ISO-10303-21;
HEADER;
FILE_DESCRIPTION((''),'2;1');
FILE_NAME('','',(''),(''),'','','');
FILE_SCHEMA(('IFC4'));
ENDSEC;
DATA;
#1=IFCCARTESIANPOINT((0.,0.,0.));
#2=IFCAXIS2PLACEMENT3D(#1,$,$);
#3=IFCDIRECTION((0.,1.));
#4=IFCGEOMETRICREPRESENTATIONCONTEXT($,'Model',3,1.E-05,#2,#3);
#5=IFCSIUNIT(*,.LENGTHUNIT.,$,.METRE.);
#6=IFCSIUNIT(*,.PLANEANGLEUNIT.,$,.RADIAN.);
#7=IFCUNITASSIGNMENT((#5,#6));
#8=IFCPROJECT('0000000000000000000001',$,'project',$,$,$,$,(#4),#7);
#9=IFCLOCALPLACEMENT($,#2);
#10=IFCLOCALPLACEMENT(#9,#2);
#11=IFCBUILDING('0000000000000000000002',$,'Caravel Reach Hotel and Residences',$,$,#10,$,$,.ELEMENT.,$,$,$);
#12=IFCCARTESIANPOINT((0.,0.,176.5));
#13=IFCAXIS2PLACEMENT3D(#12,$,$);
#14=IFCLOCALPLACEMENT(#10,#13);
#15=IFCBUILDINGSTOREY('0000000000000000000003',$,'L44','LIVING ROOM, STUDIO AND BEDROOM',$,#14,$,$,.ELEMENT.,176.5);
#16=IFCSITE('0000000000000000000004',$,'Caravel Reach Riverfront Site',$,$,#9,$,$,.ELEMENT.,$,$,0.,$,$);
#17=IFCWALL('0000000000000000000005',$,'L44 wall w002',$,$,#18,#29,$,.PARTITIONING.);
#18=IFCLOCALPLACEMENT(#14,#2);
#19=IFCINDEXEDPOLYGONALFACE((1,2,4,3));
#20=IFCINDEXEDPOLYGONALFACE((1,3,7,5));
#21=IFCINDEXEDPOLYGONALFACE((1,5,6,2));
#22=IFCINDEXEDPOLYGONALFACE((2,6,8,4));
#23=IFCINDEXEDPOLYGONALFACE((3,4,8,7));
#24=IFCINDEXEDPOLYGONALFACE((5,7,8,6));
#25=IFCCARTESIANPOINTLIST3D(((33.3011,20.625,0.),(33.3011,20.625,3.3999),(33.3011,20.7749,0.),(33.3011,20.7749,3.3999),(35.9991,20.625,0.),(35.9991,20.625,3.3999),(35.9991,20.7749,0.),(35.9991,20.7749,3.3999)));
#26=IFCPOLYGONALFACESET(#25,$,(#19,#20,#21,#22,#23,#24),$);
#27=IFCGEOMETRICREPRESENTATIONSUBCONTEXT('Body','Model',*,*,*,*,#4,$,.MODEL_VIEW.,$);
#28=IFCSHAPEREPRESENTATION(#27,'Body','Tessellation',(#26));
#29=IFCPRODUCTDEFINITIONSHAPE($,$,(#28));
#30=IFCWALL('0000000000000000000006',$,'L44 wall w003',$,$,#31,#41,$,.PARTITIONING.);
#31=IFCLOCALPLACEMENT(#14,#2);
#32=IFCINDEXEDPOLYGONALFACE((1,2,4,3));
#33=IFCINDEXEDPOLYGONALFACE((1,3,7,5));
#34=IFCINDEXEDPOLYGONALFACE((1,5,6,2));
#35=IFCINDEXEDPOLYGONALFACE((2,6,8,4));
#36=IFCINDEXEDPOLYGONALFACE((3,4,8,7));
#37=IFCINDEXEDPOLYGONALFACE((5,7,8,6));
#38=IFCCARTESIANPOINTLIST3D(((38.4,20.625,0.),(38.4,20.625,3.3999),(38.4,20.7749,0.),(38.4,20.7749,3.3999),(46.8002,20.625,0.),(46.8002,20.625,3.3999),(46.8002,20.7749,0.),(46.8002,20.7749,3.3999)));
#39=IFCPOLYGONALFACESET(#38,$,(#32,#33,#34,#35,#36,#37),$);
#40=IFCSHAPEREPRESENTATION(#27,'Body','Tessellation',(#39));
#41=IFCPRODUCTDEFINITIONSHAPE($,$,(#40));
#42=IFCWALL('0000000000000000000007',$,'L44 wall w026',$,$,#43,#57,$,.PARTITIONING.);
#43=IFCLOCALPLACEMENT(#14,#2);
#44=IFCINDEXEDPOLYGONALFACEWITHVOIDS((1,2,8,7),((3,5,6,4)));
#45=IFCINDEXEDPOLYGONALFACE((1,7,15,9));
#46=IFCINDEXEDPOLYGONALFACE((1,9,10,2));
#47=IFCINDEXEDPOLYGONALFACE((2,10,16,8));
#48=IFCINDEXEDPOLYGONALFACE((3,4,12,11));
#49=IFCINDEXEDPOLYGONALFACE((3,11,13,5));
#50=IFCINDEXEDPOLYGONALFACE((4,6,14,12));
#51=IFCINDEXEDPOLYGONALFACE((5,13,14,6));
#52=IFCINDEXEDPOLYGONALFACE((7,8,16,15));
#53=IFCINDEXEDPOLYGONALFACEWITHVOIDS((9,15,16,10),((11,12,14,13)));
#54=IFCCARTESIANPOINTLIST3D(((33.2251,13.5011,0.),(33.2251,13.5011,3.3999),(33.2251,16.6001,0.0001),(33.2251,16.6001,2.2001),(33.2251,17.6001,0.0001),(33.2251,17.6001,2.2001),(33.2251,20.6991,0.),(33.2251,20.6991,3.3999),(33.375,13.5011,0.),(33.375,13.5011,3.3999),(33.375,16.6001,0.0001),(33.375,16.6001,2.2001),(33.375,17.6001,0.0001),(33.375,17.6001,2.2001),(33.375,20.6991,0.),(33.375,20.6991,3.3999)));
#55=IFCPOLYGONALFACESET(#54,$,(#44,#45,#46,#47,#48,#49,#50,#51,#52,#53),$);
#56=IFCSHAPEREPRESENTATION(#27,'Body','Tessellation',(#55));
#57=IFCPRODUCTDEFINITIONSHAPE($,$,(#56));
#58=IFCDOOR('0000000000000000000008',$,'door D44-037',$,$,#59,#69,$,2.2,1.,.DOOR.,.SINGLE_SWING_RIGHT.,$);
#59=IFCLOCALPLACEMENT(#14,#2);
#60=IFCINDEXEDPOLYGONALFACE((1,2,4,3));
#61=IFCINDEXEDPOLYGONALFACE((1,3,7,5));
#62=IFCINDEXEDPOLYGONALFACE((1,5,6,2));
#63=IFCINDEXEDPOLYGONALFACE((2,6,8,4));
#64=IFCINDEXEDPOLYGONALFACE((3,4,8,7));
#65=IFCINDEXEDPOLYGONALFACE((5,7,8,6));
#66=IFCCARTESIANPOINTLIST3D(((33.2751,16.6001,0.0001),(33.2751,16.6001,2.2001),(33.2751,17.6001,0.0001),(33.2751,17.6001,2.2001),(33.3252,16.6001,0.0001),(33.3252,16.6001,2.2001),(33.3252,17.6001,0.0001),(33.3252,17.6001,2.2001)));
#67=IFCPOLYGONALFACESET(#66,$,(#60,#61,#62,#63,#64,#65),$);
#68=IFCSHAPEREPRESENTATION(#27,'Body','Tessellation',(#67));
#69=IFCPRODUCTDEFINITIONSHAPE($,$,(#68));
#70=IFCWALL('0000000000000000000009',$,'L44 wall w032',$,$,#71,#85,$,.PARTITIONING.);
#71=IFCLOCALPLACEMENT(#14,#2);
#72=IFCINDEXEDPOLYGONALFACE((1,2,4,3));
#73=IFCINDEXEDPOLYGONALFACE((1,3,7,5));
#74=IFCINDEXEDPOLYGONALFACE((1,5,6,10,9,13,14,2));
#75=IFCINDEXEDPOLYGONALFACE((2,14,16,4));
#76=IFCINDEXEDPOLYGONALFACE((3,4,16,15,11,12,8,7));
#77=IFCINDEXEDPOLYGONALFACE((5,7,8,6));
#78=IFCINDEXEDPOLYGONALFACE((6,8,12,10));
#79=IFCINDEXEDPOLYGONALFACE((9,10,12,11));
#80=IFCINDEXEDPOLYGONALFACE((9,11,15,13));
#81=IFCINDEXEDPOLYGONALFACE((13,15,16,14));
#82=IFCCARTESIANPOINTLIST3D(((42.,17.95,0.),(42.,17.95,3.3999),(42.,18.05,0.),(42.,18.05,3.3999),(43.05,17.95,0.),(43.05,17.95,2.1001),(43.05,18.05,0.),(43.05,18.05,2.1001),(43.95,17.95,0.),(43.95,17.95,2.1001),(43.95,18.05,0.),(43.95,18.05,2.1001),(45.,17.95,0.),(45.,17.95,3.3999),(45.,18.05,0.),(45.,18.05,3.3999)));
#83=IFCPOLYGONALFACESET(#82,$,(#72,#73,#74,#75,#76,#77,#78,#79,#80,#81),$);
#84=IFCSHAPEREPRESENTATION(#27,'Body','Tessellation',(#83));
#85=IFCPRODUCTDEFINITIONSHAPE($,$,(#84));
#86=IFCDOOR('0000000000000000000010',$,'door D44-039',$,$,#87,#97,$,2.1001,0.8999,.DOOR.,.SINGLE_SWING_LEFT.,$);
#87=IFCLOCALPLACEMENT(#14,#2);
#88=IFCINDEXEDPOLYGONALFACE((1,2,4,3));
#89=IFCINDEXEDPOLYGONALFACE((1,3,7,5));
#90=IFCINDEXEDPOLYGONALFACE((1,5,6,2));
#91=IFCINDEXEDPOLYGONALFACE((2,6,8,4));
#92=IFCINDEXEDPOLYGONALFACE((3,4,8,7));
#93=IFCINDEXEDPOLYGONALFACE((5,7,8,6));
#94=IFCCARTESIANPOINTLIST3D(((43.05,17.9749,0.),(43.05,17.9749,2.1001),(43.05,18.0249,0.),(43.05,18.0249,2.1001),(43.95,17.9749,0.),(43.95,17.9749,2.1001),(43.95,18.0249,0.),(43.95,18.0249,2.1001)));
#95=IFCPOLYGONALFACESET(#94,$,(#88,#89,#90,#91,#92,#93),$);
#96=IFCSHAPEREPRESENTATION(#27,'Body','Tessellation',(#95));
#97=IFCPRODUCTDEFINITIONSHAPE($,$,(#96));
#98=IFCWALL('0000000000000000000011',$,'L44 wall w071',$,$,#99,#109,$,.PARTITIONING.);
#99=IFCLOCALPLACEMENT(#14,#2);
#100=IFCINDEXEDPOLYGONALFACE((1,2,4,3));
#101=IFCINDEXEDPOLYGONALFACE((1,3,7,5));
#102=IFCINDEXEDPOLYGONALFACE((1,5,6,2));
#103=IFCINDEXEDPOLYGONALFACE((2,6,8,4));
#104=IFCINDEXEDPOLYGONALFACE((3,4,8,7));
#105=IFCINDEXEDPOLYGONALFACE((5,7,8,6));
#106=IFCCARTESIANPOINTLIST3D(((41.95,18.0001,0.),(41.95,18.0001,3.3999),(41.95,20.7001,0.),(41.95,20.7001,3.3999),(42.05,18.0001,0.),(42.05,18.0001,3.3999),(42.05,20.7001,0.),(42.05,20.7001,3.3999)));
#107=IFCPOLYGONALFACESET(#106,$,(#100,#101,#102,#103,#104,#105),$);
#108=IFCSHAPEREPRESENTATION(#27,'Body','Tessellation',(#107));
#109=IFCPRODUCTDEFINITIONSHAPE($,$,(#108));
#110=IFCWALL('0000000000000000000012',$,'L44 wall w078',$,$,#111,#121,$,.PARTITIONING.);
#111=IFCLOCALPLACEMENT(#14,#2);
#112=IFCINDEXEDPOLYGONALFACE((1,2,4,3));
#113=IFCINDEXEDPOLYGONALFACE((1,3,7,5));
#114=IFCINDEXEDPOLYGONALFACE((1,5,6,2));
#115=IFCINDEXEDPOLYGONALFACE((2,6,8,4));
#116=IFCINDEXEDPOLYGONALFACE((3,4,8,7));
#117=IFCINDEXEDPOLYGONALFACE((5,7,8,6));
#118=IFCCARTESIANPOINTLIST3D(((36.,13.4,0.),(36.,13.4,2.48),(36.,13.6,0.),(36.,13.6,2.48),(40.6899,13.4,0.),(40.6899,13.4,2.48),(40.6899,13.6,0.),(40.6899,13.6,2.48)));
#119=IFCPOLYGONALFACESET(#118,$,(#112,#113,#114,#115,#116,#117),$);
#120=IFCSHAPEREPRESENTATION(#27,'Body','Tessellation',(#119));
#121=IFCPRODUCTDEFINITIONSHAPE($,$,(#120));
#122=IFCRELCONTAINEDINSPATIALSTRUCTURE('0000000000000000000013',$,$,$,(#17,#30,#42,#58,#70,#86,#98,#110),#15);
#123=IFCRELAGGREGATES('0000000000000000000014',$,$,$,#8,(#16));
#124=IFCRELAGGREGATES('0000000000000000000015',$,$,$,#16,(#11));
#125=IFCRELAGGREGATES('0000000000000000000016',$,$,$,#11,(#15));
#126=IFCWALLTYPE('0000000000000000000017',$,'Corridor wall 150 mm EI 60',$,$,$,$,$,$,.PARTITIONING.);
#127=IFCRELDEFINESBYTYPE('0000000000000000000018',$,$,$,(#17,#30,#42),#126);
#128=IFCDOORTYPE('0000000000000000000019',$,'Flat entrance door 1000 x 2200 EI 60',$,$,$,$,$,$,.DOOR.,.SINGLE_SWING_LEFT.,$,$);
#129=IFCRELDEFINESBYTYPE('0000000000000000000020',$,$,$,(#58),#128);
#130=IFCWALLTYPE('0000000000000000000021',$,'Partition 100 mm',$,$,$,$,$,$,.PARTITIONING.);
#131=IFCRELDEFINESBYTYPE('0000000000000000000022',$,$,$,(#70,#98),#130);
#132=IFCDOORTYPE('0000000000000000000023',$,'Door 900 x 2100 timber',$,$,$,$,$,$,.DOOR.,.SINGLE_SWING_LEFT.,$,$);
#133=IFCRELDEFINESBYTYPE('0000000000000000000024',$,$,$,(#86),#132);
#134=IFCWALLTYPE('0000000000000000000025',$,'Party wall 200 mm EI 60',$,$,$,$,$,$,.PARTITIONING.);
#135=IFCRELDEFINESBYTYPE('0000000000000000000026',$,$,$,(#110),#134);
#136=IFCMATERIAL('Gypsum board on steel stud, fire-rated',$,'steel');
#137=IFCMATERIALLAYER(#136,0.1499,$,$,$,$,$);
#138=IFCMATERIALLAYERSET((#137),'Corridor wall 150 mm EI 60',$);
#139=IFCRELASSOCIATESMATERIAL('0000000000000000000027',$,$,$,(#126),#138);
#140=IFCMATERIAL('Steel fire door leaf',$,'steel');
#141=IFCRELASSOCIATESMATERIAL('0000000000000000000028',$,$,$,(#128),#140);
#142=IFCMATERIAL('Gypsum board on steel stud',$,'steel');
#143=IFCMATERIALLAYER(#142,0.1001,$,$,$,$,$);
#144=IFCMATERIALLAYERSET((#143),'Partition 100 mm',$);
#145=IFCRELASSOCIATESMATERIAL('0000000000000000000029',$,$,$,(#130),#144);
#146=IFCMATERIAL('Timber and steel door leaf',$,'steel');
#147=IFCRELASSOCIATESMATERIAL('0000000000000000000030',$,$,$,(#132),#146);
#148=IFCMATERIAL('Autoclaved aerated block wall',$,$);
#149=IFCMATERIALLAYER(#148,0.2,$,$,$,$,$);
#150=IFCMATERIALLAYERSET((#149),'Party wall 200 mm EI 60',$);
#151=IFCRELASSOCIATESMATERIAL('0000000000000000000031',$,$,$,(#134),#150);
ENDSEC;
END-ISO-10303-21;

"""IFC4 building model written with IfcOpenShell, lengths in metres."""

from ifc_helpers import new_model, si_unit, direction, frame, frame_2d, origin, place, context, subcontext, project, spatial, rectangle, extrude, material, layer, layer_set, type_object, element, fill, save


model = new_model("IFC4")

# Units and contexts
model_context = context("Model", 3, precision=1e-05, world=origin(), true_north=direction((0.0, 1.0)))
body_context = subcontext(model_context, "Body", "Model", "MODEL_VIEW")
ifc_project = project(units=[si_unit("LENGTHUNIT", "METRE"), si_unit("PLANEANGLEUNIT", "RADIAN")], contexts=[model_context])

# Site, building, storey
site_placement = place(None, origin())
site = spatial("IfcSite", under=ifc_project, at=site_placement, Name="Caravel Reach Riverfront Site", CompositionType="ELEMENT", RefElevation=0.0)
building_placement = place(site_placement, origin())
building = spatial("IfcBuilding", under=site, at=building_placement, Name="Caravel Reach Hotel and Residences", CompositionType="ELEMENT")
storey_placement = place(building_placement, frame((0.0, 0.0, 176.5)))
storey = spatial("IfcBuildingStorey", under=building, at=storey_placement, Name="L44", Description="LIVING ROOM, STUDIO AND BEDROOM", CompositionType="ELEMENT", Elevation=176.5)

# Walls
ifc_material_1 = material(Name="Gypsum board on steel stud, fire-rated", Category="steel")
ifc_layer_1 = layer(ifc_material_1, 0.1499)
ifc_layer_set_1 = layer_set([ifc_layer_1], Name="Corridor wall 150 mm EI 60")
wall_type_1 = type_object("IfcWallType", Name="Corridor wall 150 mm EI 60", PredefinedType="PARTITIONING", material=ifc_layer_set_1)
wall_1_placement = place(storey_placement, frame((33.301, 20.7, 0.0), z_axis=(0.0, 0.0, 1.0), x_axis=(1.0, 0.0, 0.0)))
element("IfcWall", 1, at=wall_1_placement, inside=storey, type_object=wall_type_1, Name="L44 wall w002", PredefinedType="PARTITIONING", context=body_context, shape_type="SweptSolid", body=[
    extrude(rectangle(XDim=2.698, YDim=0.1499, at=frame_2d((1.3491, 0.0))), origin(), (0.0, 0.0, 1.0), 3.3999),
])
wall_2_placement = place(storey_placement, frame((38.3999, 20.7, 0.0), z_axis=(0.0, 0.0, 1.0), x_axis=(1.0, 0.0, 0.0)))
element("IfcWall", 2, at=wall_2_placement, inside=storey, type_object=wall_type_1, Name="L44 wall w003", PredefinedType="PARTITIONING", context=body_context, shape_type="SweptSolid", body=[
    extrude(rectangle(XDim=8.4001, YDim=0.1499, at=frame_2d((4.2002, 0.0))), origin(), (0.0, 0.0, 1.0), 3.3999),
])

# Walls, openings, doors
wall_3_placement = place(storey_placement, frame((33.3, 13.501, 0.0), z_axis=(0.0, 0.0, 1.0), x_axis=(0.0, 1.0, 0.0)))
wall_3 = element("IfcWall", 3, at=wall_3_placement, inside=storey, type_object=wall_type_1, Name="L44 wall w026", PredefinedType="PARTITIONING", context=body_context, shape_type="SweptSolid", body=[
    extrude(rectangle(XDim=7.198, YDim=0.1499, at=frame_2d((3.5991, 0.0))), origin(), (0.0, 0.0, 1.0), 3.3999),
])
opening_1_placement = place(wall_3_placement, frame((3.0991, 0.0, 0.0)))
opening_1 = element("IfcOpeningElement", 4, at=opening_1_placement, cuts=wall_3, PredefinedType="OPENING", context=body_context, shape_type="SweptSolid", body=[
    extrude(rectangle(XDim=1.0, YDim=2.2, at=frame_2d((0.5, 1.1001))), frame((0.0, 0.085, 0.0), z_axis=(0.0, -1.0, 0.0), x_axis=(1.0, 0.0, 0.0)), (0.0, 0.0, 1.0), 0.1699),
])
ifc_material_2 = material(Name="Steel fire door leaf", Category="steel")
door_type_1 = type_object("IfcDoorType", Name="Flat entrance door 1000 x 2200 EI 60", OperationType="SINGLE_SWING_LEFT", PredefinedType="DOOR", material=ifc_material_2)
door_1_placement = place(opening_1_placement, origin())
door_1 = element("IfcDoor", 5, at=door_1_placement, inside=storey, type_object=door_type_1, Name="door D44-037", OperationType="SINGLE_SWING_RIGHT", OverallHeight=2.2, OverallWidth=1.0, PredefinedType="DOOR", context=body_context, shape_type="SweptSolid", body=[
    extrude(rectangle(XDim=1.0, YDim=2.2, at=frame_2d((0.5, 1.1001))), frame((0.0, 0.0249, 0.0), z_axis=(0.0, -1.0, 0.0), x_axis=(1.0, 0.0, 0.0)), (0.0, 0.0, 1.0), 0.05),
])
fill(opening_1, door_1)
ifc_material_3 = material(Name="Gypsum board on steel stud", Category="steel")
ifc_layer_2 = layer(ifc_material_3, 0.1001)
ifc_layer_set_2 = layer_set([ifc_layer_2], Name="Partition 100 mm")
wall_type_2 = type_object("IfcWallType", Name="Partition 100 mm", PredefinedType="PARTITIONING", material=ifc_layer_set_2)
wall_4_placement = place(storey_placement, frame((42.0, 18.0, 0.0), z_axis=(0.0, 0.0, 1.0), x_axis=(1.0, 0.0, 0.0)))
wall_4 = element("IfcWall", 6, at=wall_4_placement, inside=storey, type_object=wall_type_2, Name="L44 wall w032", PredefinedType="PARTITIONING", context=body_context, shape_type="SweptSolid", body=[
    extrude(rectangle(XDim=3.0, YDim=0.1001, at=frame_2d((1.5, 0.0))), origin(), (0.0, 0.0, 1.0), 3.3999),
])
opening_2_placement = place(wall_4_placement, frame((1.05, 0.0, 0.0)))
opening_2 = element("IfcOpeningElement", 7, at=opening_2_placement, cuts=wall_4, PredefinedType="OPENING", context=body_context, shape_type="SweptSolid", body=[
    extrude(rectangle(XDim=0.8999, YDim=2.1001, at=frame_2d((0.45, 1.05))), frame((0.0, 0.0601, 0.0), z_axis=(0.0, -1.0, 0.0), x_axis=(1.0, 0.0, 0.0)), (0.0, 0.0, 1.0), 0.1201),
])
ifc_material_4 = material(Name="Timber and steel door leaf", Category="steel")
door_type_2 = type_object("IfcDoorType", Name="Door 900 x 2100 timber", OperationType="SINGLE_SWING_LEFT", PredefinedType="DOOR", material=ifc_material_4)
door_2_placement = place(opening_2_placement, origin())
door_2 = element("IfcDoor", 8, at=door_2_placement, inside=storey, type_object=door_type_2, Name="door D44-039", OperationType="SINGLE_SWING_LEFT", OverallHeight=2.1001, OverallWidth=0.8999, PredefinedType="DOOR", context=body_context, shape_type="SweptSolid", body=[
    extrude(rectangle(XDim=0.8999, YDim=2.1001, at=frame_2d((0.45, 1.05))), frame((0.0, 0.0249, 0.0), z_axis=(0.0, -1.0, 0.0), x_axis=(1.0, 0.0, 0.0)), (0.0, 0.0, 1.0), 0.05),
])
fill(opening_2, door_2)

# Walls
wall_5_placement = place(storey_placement, frame((42.0, 18.0, 0.0), z_axis=(0.0, 0.0, 1.0), x_axis=(0.0, 1.0, 0.0)))
element("IfcWall", 9, at=wall_5_placement, inside=storey, type_object=wall_type_2, Name="L44 wall w071", PredefinedType="PARTITIONING", context=body_context, shape_type="SweptSolid", body=[
    extrude(rectangle(XDim=2.7, YDim=0.1001, at=frame_2d((1.3501, 0.0))), origin(), (0.0, 0.0, 1.0), 3.3999),
])
ifc_material_5 = material(Name="Autoclaved aerated block wall")
ifc_layer_3 = layer(ifc_material_5, 0.2)
ifc_layer_set_3 = layer_set([ifc_layer_3], Name="Party wall 200 mm EI 60")
wall_type_3 = type_object("IfcWallType", Name="Party wall 200 mm EI 60", PredefinedType="PARTITIONING", material=ifc_layer_set_3)
wall_6_placement = place(storey_placement, frame((36.0, 13.5, 0.0), z_axis=(0.0, 0.0, 1.0), x_axis=(1.0, 0.0, 0.0)))
element("IfcWall", 10, at=wall_6_placement, inside=storey, type_object=wall_type_3, Name="L44 wall w078", PredefinedType="PARTITIONING", context=body_context, shape_type="SweptSolid", body=[
    extrude(rectangle(XDim=4.6899, YDim=0.2, at=frame_2d((2.345, 0.0))), origin(), (0.0, 0.0, 1.0), 2.48),
])

save(model, "model.ifc")
